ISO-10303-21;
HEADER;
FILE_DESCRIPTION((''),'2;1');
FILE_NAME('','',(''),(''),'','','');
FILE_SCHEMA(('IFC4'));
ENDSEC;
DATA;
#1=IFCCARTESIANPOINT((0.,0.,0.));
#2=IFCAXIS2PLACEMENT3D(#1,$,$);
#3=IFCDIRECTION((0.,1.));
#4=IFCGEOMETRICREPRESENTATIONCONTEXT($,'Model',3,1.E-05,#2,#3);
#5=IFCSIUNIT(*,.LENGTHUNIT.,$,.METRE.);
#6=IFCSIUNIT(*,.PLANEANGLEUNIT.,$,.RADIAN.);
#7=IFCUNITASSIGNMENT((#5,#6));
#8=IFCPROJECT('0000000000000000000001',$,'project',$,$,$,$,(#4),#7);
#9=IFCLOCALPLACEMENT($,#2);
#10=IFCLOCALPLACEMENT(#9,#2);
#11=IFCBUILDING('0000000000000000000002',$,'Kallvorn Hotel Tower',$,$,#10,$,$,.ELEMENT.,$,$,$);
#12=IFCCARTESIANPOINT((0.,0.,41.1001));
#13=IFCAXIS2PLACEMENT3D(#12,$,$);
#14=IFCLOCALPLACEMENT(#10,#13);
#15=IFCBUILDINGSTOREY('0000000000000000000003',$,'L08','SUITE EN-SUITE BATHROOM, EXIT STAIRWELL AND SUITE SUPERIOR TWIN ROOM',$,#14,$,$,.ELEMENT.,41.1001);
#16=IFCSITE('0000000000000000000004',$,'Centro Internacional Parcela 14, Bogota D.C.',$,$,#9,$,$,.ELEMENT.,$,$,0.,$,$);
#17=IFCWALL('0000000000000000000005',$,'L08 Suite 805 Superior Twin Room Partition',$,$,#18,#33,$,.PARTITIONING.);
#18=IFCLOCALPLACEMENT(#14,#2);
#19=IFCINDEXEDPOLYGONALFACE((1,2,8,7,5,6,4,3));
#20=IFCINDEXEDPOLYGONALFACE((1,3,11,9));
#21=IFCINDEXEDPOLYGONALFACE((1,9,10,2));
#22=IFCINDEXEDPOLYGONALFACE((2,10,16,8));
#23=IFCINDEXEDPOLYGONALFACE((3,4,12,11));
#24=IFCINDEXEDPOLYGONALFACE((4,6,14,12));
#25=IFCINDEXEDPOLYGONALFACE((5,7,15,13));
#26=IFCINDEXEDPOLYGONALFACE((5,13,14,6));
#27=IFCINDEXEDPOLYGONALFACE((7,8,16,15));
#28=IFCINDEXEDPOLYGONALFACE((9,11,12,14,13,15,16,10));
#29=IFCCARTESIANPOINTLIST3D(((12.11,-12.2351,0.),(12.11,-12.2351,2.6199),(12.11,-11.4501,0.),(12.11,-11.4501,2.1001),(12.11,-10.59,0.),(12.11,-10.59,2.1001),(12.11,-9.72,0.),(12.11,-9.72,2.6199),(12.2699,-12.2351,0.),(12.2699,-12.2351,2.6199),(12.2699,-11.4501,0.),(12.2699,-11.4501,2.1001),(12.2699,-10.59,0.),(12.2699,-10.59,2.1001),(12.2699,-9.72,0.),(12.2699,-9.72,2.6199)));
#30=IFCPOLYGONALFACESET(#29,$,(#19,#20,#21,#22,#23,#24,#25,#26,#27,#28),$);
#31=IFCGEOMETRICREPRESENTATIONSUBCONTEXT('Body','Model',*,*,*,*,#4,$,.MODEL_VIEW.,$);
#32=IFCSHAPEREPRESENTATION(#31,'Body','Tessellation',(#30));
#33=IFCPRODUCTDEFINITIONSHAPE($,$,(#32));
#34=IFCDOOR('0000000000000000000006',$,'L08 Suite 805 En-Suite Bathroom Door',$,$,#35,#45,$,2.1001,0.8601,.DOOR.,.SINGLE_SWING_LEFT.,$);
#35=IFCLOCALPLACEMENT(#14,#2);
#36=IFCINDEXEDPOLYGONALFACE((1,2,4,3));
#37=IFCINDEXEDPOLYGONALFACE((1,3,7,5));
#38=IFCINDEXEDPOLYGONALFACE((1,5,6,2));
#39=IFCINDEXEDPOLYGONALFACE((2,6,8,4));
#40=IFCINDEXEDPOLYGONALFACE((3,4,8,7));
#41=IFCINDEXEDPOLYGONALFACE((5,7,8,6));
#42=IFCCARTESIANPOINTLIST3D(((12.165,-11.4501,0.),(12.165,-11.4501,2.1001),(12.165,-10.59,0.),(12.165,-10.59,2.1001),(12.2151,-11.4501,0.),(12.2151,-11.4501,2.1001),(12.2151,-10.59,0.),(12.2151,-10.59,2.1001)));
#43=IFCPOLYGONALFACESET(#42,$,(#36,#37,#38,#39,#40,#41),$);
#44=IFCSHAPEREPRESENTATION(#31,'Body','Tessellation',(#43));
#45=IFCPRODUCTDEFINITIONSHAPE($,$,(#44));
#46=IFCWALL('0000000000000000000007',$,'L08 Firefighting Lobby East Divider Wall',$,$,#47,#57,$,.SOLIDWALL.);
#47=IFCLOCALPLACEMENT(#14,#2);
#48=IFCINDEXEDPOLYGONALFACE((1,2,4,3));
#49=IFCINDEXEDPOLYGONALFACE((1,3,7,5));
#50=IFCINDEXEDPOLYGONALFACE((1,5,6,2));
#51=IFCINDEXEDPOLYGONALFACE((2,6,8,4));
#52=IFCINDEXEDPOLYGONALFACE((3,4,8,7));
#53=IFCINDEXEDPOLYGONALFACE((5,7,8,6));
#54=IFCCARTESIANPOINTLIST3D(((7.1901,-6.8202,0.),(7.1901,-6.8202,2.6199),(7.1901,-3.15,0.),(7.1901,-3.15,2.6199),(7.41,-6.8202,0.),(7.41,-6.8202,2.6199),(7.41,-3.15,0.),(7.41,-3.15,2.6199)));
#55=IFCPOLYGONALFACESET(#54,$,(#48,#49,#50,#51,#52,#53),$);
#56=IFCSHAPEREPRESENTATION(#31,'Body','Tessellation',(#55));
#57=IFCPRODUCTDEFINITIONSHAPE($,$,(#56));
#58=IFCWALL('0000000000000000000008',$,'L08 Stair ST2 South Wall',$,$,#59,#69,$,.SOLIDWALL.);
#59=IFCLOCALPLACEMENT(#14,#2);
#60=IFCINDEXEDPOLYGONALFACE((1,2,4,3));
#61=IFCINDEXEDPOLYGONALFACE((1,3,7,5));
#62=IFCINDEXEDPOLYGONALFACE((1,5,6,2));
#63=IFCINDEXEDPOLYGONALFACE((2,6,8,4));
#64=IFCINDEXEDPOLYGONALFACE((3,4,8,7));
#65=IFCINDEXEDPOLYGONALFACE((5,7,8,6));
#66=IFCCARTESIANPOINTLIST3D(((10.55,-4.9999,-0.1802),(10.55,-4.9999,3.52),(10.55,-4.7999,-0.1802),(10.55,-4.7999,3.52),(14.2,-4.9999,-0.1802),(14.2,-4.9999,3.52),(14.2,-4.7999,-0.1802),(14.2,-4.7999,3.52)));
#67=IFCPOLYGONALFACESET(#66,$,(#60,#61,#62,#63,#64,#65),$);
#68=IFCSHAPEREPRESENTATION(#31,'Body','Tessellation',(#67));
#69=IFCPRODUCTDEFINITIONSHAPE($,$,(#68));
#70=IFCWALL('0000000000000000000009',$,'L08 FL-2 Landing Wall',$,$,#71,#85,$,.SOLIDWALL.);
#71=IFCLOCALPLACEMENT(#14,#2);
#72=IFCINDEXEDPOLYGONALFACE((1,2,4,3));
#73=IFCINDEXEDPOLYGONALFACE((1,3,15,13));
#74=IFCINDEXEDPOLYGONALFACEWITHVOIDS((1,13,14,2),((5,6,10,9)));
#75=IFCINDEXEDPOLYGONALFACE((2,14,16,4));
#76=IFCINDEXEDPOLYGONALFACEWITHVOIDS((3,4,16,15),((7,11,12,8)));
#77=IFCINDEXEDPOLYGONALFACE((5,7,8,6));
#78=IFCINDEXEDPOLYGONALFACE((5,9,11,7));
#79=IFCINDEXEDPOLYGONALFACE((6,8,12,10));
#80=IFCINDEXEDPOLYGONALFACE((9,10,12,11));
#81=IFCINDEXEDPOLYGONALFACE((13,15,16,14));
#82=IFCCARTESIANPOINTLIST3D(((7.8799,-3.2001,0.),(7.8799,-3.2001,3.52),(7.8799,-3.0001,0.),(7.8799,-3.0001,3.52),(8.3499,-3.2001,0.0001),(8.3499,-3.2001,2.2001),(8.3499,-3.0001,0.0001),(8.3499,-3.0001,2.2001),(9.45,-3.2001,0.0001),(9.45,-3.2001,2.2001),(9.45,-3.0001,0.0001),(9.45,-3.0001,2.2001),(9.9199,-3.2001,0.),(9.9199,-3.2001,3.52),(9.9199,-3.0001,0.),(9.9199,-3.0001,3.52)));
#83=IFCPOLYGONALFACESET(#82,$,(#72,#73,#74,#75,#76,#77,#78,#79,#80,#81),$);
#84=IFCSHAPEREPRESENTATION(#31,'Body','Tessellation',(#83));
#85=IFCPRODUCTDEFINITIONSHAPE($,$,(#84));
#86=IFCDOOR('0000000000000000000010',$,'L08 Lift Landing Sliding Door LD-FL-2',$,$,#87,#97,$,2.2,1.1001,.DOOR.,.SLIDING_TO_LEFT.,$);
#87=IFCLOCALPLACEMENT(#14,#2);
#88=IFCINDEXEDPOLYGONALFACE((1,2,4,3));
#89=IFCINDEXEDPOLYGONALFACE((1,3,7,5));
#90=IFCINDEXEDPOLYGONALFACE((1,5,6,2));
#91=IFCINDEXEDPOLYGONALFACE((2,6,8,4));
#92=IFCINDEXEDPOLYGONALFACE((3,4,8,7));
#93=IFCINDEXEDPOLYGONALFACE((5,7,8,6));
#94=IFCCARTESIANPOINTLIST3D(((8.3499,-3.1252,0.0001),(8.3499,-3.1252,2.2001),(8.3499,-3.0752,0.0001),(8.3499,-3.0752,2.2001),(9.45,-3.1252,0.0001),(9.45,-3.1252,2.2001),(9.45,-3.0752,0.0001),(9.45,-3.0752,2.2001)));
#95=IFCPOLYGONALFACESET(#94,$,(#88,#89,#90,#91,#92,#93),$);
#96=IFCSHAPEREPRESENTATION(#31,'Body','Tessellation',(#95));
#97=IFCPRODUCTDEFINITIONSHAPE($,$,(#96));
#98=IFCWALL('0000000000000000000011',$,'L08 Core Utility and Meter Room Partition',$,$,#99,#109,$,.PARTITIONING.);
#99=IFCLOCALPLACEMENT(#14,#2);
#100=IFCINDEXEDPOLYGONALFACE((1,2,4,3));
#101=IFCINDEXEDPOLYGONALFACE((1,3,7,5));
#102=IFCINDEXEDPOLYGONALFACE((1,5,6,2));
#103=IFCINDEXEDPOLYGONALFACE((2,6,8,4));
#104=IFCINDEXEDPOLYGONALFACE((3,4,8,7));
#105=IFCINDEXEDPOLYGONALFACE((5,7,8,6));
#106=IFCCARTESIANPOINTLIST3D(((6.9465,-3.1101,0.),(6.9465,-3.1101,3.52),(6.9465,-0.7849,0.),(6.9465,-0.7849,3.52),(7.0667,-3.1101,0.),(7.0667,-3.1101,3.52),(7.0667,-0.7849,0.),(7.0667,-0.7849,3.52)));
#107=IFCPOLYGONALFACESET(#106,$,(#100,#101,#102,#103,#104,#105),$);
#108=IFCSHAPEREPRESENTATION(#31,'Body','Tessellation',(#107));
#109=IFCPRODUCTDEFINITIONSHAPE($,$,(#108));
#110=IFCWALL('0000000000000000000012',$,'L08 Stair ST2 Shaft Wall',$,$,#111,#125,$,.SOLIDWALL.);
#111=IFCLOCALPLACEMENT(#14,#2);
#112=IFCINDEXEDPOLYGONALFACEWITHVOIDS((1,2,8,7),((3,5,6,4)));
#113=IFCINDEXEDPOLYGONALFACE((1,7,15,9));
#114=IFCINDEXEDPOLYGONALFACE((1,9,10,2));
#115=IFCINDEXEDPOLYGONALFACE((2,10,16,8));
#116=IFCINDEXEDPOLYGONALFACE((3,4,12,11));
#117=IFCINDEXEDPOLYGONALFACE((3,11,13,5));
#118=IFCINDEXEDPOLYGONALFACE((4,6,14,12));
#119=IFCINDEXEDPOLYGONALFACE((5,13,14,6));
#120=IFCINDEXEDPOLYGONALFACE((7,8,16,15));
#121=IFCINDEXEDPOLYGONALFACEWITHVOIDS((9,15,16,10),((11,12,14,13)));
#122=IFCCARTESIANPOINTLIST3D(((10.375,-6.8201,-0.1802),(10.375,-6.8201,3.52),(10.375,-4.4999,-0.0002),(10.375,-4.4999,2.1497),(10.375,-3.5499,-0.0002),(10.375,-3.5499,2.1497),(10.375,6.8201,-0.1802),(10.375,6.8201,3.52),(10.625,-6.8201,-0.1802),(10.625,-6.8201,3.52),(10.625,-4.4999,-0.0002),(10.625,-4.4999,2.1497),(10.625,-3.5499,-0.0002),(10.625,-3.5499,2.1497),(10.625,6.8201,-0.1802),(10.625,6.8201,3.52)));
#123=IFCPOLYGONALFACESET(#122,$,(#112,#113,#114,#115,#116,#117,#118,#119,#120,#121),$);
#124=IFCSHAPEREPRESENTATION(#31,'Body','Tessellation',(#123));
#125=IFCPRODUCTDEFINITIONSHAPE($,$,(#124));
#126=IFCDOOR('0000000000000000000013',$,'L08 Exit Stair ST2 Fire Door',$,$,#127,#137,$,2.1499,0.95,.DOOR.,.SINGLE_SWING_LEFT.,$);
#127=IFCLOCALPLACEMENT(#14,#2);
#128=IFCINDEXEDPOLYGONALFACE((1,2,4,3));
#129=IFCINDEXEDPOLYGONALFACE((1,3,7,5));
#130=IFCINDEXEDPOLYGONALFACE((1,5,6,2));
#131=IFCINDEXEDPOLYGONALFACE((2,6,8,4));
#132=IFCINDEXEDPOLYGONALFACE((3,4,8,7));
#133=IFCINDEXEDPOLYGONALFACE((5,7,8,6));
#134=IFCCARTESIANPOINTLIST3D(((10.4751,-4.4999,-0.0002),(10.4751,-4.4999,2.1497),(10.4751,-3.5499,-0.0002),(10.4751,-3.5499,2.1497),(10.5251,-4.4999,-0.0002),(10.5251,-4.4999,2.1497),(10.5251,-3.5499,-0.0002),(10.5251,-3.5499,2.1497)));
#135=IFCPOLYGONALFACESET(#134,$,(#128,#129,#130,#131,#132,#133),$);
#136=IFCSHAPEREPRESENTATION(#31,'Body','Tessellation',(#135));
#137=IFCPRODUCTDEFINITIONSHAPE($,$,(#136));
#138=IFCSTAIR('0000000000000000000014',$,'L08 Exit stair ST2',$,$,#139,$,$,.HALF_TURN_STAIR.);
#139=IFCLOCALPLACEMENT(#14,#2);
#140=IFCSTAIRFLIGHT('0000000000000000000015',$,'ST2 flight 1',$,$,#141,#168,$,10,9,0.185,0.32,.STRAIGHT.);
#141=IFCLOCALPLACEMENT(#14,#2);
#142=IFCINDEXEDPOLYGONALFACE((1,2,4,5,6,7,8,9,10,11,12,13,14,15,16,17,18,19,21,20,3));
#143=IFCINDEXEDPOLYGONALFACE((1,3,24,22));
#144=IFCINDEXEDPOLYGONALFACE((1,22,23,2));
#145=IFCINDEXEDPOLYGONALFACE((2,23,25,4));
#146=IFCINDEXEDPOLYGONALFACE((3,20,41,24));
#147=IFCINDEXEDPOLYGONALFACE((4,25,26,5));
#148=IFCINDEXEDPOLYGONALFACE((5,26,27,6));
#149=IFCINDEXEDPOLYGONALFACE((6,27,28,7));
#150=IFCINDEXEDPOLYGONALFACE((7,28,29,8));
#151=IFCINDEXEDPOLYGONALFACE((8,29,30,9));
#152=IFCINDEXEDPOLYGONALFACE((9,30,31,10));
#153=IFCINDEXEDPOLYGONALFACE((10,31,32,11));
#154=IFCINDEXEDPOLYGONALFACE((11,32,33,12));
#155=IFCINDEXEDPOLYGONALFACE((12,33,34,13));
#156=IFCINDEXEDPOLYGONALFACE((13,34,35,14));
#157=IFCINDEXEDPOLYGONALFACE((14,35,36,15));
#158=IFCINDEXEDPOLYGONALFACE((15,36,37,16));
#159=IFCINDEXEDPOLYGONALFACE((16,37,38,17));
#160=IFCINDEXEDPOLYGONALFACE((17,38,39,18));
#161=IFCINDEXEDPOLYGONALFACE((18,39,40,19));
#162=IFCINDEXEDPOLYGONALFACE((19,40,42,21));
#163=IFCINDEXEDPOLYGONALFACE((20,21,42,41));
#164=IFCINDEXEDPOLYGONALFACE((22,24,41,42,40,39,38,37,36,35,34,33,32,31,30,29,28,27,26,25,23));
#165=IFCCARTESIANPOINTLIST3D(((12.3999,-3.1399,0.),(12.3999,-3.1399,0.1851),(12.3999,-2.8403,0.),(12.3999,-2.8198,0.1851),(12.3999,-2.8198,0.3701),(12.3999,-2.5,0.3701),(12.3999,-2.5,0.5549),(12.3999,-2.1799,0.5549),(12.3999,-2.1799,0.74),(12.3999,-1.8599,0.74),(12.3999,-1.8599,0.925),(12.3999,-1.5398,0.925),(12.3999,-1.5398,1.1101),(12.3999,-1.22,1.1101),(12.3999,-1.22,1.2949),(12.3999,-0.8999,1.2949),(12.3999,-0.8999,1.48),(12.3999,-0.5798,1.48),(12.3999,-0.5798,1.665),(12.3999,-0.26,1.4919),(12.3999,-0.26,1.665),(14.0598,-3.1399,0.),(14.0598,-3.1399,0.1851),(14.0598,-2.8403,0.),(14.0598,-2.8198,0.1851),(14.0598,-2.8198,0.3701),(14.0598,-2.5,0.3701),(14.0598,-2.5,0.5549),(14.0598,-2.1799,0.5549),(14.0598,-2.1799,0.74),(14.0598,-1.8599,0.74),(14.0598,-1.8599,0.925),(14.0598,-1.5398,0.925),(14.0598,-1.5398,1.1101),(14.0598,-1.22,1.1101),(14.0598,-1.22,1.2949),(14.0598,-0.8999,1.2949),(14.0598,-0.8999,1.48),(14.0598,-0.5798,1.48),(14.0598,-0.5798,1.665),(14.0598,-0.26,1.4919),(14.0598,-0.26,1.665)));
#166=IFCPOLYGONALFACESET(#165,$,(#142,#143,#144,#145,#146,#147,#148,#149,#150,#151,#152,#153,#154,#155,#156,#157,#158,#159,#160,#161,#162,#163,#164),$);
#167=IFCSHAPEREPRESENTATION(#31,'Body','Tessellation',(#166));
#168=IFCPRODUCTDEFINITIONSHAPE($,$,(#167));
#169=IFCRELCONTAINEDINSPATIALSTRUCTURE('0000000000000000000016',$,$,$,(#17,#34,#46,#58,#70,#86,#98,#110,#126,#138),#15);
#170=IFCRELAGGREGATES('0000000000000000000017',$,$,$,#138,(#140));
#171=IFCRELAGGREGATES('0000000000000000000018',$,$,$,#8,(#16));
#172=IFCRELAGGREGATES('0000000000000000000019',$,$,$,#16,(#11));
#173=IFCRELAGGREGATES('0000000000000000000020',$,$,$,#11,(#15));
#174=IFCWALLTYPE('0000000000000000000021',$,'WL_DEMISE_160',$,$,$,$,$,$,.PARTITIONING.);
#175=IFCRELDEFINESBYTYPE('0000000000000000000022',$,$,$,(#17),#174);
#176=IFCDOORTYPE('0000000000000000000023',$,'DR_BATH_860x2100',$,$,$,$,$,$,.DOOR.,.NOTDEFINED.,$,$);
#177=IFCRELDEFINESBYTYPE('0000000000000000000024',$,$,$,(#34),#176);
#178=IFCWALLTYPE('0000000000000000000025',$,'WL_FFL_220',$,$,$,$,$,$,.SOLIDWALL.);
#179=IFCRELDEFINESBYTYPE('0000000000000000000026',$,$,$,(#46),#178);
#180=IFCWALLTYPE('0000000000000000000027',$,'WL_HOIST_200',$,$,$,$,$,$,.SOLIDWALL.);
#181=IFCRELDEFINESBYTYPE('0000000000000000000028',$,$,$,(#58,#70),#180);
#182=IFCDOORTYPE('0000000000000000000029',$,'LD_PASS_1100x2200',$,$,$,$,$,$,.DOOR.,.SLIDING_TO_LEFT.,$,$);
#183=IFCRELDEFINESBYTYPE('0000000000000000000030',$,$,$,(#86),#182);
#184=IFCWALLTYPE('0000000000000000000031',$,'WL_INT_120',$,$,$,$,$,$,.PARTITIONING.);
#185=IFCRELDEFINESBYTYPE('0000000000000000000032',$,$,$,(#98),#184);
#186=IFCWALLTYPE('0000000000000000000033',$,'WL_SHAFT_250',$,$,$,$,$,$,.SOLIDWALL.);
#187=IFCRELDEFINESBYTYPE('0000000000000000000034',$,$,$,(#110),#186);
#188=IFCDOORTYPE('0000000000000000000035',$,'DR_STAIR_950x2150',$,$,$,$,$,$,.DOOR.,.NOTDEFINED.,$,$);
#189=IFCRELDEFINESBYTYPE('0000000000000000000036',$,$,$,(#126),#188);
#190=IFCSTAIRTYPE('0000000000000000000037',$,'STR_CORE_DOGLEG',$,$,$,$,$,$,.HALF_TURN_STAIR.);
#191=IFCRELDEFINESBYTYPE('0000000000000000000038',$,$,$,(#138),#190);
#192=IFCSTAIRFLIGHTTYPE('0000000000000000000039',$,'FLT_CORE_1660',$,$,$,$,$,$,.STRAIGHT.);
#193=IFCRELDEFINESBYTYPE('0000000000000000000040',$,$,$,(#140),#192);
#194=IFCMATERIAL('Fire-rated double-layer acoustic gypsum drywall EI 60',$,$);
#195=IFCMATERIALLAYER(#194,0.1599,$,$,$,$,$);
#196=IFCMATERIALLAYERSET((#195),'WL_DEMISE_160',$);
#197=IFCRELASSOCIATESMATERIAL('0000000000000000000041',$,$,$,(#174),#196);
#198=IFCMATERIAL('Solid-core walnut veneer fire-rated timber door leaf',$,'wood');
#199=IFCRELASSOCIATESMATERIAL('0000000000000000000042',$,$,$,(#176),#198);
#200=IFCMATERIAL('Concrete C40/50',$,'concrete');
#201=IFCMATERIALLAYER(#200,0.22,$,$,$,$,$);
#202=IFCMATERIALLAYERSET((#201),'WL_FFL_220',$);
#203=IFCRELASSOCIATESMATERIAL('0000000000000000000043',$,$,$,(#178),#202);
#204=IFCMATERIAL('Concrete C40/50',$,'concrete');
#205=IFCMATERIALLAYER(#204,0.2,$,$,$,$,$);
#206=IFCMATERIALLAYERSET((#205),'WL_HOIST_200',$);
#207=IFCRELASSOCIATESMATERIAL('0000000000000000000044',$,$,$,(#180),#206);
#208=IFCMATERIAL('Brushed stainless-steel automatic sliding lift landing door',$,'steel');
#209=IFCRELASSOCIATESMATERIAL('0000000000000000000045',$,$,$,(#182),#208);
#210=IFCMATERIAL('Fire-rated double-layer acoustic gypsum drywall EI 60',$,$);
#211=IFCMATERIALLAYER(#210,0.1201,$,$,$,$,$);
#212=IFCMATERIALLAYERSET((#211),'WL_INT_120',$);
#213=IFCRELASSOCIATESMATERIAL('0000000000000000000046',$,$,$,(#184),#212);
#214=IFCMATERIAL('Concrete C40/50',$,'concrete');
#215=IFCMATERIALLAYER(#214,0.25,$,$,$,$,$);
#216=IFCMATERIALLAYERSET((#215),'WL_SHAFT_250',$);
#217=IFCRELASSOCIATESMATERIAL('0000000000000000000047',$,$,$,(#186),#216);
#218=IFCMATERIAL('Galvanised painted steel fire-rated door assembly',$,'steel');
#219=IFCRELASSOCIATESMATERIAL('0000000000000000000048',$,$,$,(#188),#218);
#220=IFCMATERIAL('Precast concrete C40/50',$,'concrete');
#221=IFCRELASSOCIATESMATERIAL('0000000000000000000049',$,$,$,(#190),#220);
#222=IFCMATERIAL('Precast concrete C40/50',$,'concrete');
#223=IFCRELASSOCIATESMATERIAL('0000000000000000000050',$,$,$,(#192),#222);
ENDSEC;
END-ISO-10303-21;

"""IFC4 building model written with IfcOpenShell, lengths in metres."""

from ifc_helpers import new_model, si_unit, direction, frame, frame_2d, origin, place, context, subcontext, project, spatial, polyline, rectangle, outline, extrude, material, layer, layer_set, type_object, element, fill, aggregate, save


model = new_model("IFC4")

# Units and contexts
model_context = context("Model", 3, precision=1e-05, world=origin(), true_north=direction((0.0, 1.0)))
body_context = subcontext(model_context, "Body", "Model", "MODEL_VIEW")
ifc_project = project(units=[si_unit("LENGTHUNIT", "METRE"), si_unit("PLANEANGLEUNIT", "RADIAN")], contexts=[model_context])

# Site, building, storey
site_placement = place(None, origin())
site = spatial("IfcSite", under=ifc_project, at=site_placement, Name="Centro Internacional Parcela 14, Bogota D.C.", CompositionType="ELEMENT", RefElevation=0.0)
building_placement = place(site_placement, origin())
building = spatial("IfcBuilding", under=site, at=building_placement, Name="Kallvorn Hotel Tower", CompositionType="ELEMENT")
storey_placement = place(building_placement, frame((0.0, 0.0, 41.1001)))
storey = spatial("IfcBuildingStorey", under=building, at=storey_placement, Name="L08", Description="SUITE EN-SUITE BATHROOM, EXIT STAIRWELL AND SUITE SUPERIOR TWIN ROOM", CompositionType="ELEMENT", Elevation=41.1001)

# Shared definitions
ifc_material_1 = material(Name="Fire-rated double-layer acoustic gypsum drywall EI 60")
ifc_layer_1 = layer(ifc_material_1, 0.1599)
ifc_layer_set_1 = layer_set([ifc_layer_1], Name="WL_DEMISE_160")
wall_type_1 = type_object("IfcWallType", Name="WL_DEMISE_160", PredefinedType="PARTITIONING", material=ifc_layer_set_1)

# Wall, opening, door
wall_1_placement = place(storey_placement, frame((12.1899, -12.2351, 0.0), z_axis=(0.0, 0.0, 1.0), x_axis=(0.0, 1.0, 0.0)))
wall_1 = element("IfcWall", 1, at=wall_1_placement, inside=storey, type_object=wall_type_1, Name="L08 Suite 805 Superior Twin Room Partition", PredefinedType="PARTITIONING", context=body_context, shape_type="SweptSolid", body=[
    extrude(rectangle(XDim=2.5151, YDim=0.1599, at=frame_2d((1.2576, 0.0))), origin(), (0.0, 0.0, 1.0), 2.6199),
])
opening_1_placement = place(wall_1_placement, frame((0.7849, 0.0, 0.0)))
opening_1 = element("IfcOpeningElement", 2, at=opening_1_placement, cuts=wall_1, PredefinedType="OPENING", context=body_context, shape_type="SweptSolid", body=[
    extrude(rectangle(XDim=0.8601, YDim=2.1001, at=frame_2d((0.4302, 1.05))), frame((0.0, 0.095, 0.0), z_axis=(0.0, -1.0, 0.0), x_axis=(1.0, 0.0, 0.0)), (0.0, 0.0, 1.0), 0.1899),
])
ifc_material_2 = material(Name="Solid-core walnut veneer fire-rated timber door leaf", Category="wood")
door_type_1 = type_object("IfcDoorType", Name="DR_BATH_860x2100", OperationType="NOTDEFINED", PredefinedType="DOOR", material=ifc_material_2)
door_1_placement = place(opening_1_placement, origin())
door_1 = element("IfcDoor", 3, at=door_1_placement, inside=storey, type_object=door_type_1, Name="L08 Suite 805 En-Suite Bathroom Door", OperationType="SINGLE_SWING_LEFT", OverallHeight=2.1001, OverallWidth=0.8601, PredefinedType="DOOR", context=body_context, shape_type="SweptSolid", body=[
    extrude(rectangle(XDim=0.8601, YDim=2.1001, at=frame_2d((0.4302, 1.05))), frame((0.0, 0.0249, 0.0), z_axis=(0.0, -1.0, 0.0), x_axis=(1.0, 0.0, 0.0)), (0.0, 0.0, 1.0), 0.05),
])
fill(opening_1, door_1)

# Walls
ifc_material_3 = material(Name="Concrete C40/50", Category="concrete")
ifc_layer_2 = layer(ifc_material_3, 0.22)
ifc_layer_set_2 = layer_set([ifc_layer_2], Name="WL_FFL_220")
wall_type_2 = type_object("IfcWallType", Name="WL_FFL_220", PredefinedType="SOLIDWALL", material=ifc_layer_set_2)
wall_2_placement = place(storey_placement, frame((7.3, -6.8201, 0.0), z_axis=(0.0, 0.0, 1.0), x_axis=(0.0, 1.0, 0.0)))
element("IfcWall", 4, at=wall_2_placement, inside=storey, type_object=wall_type_2, Name="L08 Firefighting Lobby East Divider Wall", PredefinedType="SOLIDWALL", context=body_context, shape_type="SweptSolid", body=[
    extrude(rectangle(XDim=3.6702, YDim=0.22, at=frame_2d((1.835, 0.0))), origin(), (0.0, 0.0, 1.0), 2.6199),
])
ifc_material_4 = material(Name="Concrete C40/50", Category="concrete")
ifc_layer_3 = layer(ifc_material_4, 0.2)
ifc_layer_set_3 = layer_set([ifc_layer_3], Name="WL_HOIST_200")
wall_type_3 = type_object("IfcWallType", Name="WL_HOIST_200", PredefinedType="SOLIDWALL", material=ifc_layer_set_3)
wall_3_placement = place(storey_placement, frame((10.55, -4.8999, -0.1802), z_axis=(0.0, 0.0, 1.0), x_axis=(1.0, 0.0, 0.0)))
element("IfcWall", 5, at=wall_3_placement, inside=storey, type_object=wall_type_3, Name="L08 Stair ST2 South Wall", PredefinedType="SOLIDWALL", context=body_context, shape_type="SweptSolid", body=[
    extrude(rectangle(XDim=3.6499, YDim=0.2, at=frame_2d((1.825, 0.0))), origin(), (0.0, 0.0, 1.0), 3.7002),
])

# Wall, opening, door
wall_4_placement = place(storey_placement, frame((7.8799, -3.1001, 0.0), z_axis=(0.0, 0.0, 1.0), x_axis=(1.0, 0.0, 0.0)))
wall_4 = element("IfcWall", 6, at=wall_4_placement, inside=storey, type_object=wall_type_3, Name="L08 FL-2 Landing Wall", PredefinedType="SOLIDWALL", context=body_context, shape_type="SweptSolid", body=[
    extrude(rectangle(XDim=2.04, YDim=0.2, at=frame_2d((1.02, 0.0))), origin(), (0.0, 0.0, 1.0), 3.52),
])
opening_2_placement = place(wall_4_placement, frame((0.47, 0.0, 0.0)))
opening_2 = element("IfcOpeningElement", 7, at=opening_2_placement, cuts=wall_4, PredefinedType="OPENING", context=body_context, shape_type="SweptSolid", body=[
    extrude(rectangle(XDim=1.1001, YDim=2.2, at=frame_2d((0.55, 1.1001))), frame((0.0, 0.115, 0.0), z_axis=(0.0, -1.0, 0.0), x_axis=(1.0, 0.0, 0.0)), (0.0, 0.0, 1.0), 0.23),
])
ifc_material_5 = material(Name="Brushed stainless-steel automatic sliding lift landing door", Category="steel")
door_type_2 = type_object("IfcDoorType", Name="LD_PASS_1100x2200", OperationType="SLIDING_TO_LEFT", PredefinedType="DOOR", material=ifc_material_5)
door_2_placement = place(opening_2_placement, origin())
door_2 = element("IfcDoor", 8, at=door_2_placement, inside=storey, type_object=door_type_2, Name="L08 Lift Landing Sliding Door LD-FL-2", OperationType="SLIDING_TO_LEFT", OverallHeight=2.2, OverallWidth=1.1001, PredefinedType="DOOR", context=body_context, shape_type="SweptSolid", body=[
    extrude(rectangle(XDim=1.1001, YDim=2.2, at=frame_2d((0.55, 1.1001))), frame((0.0, 0.0249, 0.0), z_axis=(0.0, -1.0, 0.0), x_axis=(1.0, 0.0, 0.0)), (0.0, 0.0, 1.0), 0.05),
])
fill(opening_2, door_2)

# Wall
ifc_material_6 = material(Name="Fire-rated double-layer acoustic gypsum drywall EI 60")
ifc_layer_4 = layer(ifc_material_6, 0.1201)
ifc_layer_set_4 = layer_set([ifc_layer_4], Name="WL_INT_120")
wall_type_4 = type_object("IfcWallType", Name="WL_INT_120", PredefinedType="PARTITIONING", material=ifc_layer_set_4)
wall_5_placement = place(storey_placement, frame((7.0066, -3.1101, 0.0), z_axis=(0.0, 0.0, 1.0), x_axis=(0.0, 1.0, 0.0)))
element("IfcWall", 9, at=wall_5_placement, inside=storey, type_object=wall_type_4, Name="L08 Core Utility and Meter Room Partition", PredefinedType="PARTITIONING", context=body_context, shape_type="SweptSolid", body=[
    extrude(rectangle(XDim=2.3252, YDim=0.1201, at=frame_2d((1.1626, 0.0))), origin(), (0.0, 0.0, 1.0), 3.52),
])

# Wall, opening, door
ifc_material_7 = material(Name="Concrete C40/50", Category="concrete")
ifc_layer_5 = layer(ifc_material_7, 0.25)
ifc_layer_set_5 = layer_set([ifc_layer_5], Name="WL_SHAFT_250")
wall_type_5 = type_object("IfcWallType", Name="WL_SHAFT_250", PredefinedType="SOLIDWALL", material=ifc_layer_set_5)
wall_6_placement = place(storey_placement, frame((10.5, -6.8201, -0.1802), z_axis=(0.0, 0.0, 1.0), x_axis=(0.0, 1.0, 0.0)))
wall_6 = element("IfcWall", 10, at=wall_6_placement, inside=storey, type_object=wall_type_5, Name="L08 Stair ST2 Shaft Wall", PredefinedType="SOLIDWALL", context=body_context, shape_type="SweptSolid", body=[
    extrude(rectangle(XDim=13.6401, YDim=0.25, at=frame_2d((6.8201, 0.0))), origin(), (0.0, 0.0, 1.0), 3.7002),
])
opening_3_placement = place(wall_6_placement, frame((2.3201, 0.0, 0.1799)))
opening_3 = element("IfcOpeningElement", 11, at=opening_3_placement, cuts=wall_6, PredefinedType="OPENING", context=body_context, shape_type="SweptSolid", body=[
    extrude(rectangle(XDim=0.95, YDim=2.1499, at=frame_2d((0.4751, 1.075))), frame((0.0, 0.1399, 0.0), z_axis=(0.0, -1.0, 0.0), x_axis=(1.0, 0.0, 0.0)), (0.0, 0.0, 1.0), 0.28),
])
ifc_material_8 = material(Name="Galvanised painted steel fire-rated door assembly", Category="steel")
door_type_3 = type_object("IfcDoorType", Name="DR_STAIR_950x2150", OperationType="NOTDEFINED", PredefinedType="DOOR", material=ifc_material_8)
door_3_placement = place(opening_3_placement, origin())
door_3 = element("IfcDoor", 12, at=door_3_placement, inside=storey, type_object=door_type_3, Name="L08 Exit Stair ST2 Fire Door", OperationType="SINGLE_SWING_LEFT", OverallHeight=2.1499, OverallWidth=0.95, PredefinedType="DOOR", context=body_context, shape_type="SweptSolid", body=[
    extrude(rectangle(XDim=0.95, YDim=2.1499, at=frame_2d((0.4751, 1.075))), frame((0.0, 0.0249, 0.0), z_axis=(0.0, -1.0, 0.0), x_axis=(1.0, 0.0, 0.0)), (0.0, 0.0, 1.0), 0.05),
])
fill(opening_3, door_3)

# Stair, stair flight
ifc_material_9 = material(Name="Precast concrete C40/50", Category="concrete")
stair_type = type_object("IfcStairType", Name="STR_CORE_DOGLEG", PredefinedType="HALF_TURN_STAIR", material=ifc_material_9)
stair_placement = place(storey_placement, origin())
stair = element("IfcStair", 13, at=stair_placement, inside=storey, type_object=stair_type, Name="L08 Exit stair ST2", PredefinedType="HALF_TURN_STAIR")
ifc_material_10 = material(Name="Precast concrete C40/50", Category="concrete")
stair_flight_type = type_object("IfcStairFlightType", Name="FLT_CORE_1660", PredefinedType="STRAIGHT", material=ifc_material_10)
stair_flight_placement = place(storey_placement, frame((13.23, -3.1399, 0.0), z_axis=(0.0, 0.0, 1.0), x_axis=(0.0, 1.0, 0.0)))
stair_flight = element("IfcStairFlight", 14, at=stair_flight_placement, type_object=stair_flight_type, Name="ST2 flight 1", NumberOfRisers=10, NumberOfTreads=9, PredefinedType="STRAIGHT", RiserHeight=0.185, TreadLength=0.32, context=body_context, shape_type="SweptSolid", body=[
    extrude(outline(polyline([(0.0, 0.0), (0.0, 0.1851), (0.3201, 0.1851), (0.3201, 0.3701), (0.6399, 0.3701), (0.6399, 0.5549), (0.96, 0.5549), (0.96, 0.74), (1.28, 0.74), (1.28, 0.925), (1.6001, 0.925), (1.6001, 1.1101), (1.9199, 1.1101), (1.9199, 1.2949), (2.24, 1.2949), (2.24, 1.48), (2.5601, 1.48), (2.5601, 1.665), (2.8799, 1.665), (2.8799, 1.8501), (2.8799, 1.4919), (0.2996, 0.0), (0.0, 0.0)])), frame((0.0, 0.8301, 0.0), z_axis=(0.0, -1.0, 0.0), x_axis=(1.0, 0.0, 0.0)), (0.0, 0.0, 1.0), 1.6599),
])
aggregate(stair, [stair_flight])

save(model, "model.ifc")
